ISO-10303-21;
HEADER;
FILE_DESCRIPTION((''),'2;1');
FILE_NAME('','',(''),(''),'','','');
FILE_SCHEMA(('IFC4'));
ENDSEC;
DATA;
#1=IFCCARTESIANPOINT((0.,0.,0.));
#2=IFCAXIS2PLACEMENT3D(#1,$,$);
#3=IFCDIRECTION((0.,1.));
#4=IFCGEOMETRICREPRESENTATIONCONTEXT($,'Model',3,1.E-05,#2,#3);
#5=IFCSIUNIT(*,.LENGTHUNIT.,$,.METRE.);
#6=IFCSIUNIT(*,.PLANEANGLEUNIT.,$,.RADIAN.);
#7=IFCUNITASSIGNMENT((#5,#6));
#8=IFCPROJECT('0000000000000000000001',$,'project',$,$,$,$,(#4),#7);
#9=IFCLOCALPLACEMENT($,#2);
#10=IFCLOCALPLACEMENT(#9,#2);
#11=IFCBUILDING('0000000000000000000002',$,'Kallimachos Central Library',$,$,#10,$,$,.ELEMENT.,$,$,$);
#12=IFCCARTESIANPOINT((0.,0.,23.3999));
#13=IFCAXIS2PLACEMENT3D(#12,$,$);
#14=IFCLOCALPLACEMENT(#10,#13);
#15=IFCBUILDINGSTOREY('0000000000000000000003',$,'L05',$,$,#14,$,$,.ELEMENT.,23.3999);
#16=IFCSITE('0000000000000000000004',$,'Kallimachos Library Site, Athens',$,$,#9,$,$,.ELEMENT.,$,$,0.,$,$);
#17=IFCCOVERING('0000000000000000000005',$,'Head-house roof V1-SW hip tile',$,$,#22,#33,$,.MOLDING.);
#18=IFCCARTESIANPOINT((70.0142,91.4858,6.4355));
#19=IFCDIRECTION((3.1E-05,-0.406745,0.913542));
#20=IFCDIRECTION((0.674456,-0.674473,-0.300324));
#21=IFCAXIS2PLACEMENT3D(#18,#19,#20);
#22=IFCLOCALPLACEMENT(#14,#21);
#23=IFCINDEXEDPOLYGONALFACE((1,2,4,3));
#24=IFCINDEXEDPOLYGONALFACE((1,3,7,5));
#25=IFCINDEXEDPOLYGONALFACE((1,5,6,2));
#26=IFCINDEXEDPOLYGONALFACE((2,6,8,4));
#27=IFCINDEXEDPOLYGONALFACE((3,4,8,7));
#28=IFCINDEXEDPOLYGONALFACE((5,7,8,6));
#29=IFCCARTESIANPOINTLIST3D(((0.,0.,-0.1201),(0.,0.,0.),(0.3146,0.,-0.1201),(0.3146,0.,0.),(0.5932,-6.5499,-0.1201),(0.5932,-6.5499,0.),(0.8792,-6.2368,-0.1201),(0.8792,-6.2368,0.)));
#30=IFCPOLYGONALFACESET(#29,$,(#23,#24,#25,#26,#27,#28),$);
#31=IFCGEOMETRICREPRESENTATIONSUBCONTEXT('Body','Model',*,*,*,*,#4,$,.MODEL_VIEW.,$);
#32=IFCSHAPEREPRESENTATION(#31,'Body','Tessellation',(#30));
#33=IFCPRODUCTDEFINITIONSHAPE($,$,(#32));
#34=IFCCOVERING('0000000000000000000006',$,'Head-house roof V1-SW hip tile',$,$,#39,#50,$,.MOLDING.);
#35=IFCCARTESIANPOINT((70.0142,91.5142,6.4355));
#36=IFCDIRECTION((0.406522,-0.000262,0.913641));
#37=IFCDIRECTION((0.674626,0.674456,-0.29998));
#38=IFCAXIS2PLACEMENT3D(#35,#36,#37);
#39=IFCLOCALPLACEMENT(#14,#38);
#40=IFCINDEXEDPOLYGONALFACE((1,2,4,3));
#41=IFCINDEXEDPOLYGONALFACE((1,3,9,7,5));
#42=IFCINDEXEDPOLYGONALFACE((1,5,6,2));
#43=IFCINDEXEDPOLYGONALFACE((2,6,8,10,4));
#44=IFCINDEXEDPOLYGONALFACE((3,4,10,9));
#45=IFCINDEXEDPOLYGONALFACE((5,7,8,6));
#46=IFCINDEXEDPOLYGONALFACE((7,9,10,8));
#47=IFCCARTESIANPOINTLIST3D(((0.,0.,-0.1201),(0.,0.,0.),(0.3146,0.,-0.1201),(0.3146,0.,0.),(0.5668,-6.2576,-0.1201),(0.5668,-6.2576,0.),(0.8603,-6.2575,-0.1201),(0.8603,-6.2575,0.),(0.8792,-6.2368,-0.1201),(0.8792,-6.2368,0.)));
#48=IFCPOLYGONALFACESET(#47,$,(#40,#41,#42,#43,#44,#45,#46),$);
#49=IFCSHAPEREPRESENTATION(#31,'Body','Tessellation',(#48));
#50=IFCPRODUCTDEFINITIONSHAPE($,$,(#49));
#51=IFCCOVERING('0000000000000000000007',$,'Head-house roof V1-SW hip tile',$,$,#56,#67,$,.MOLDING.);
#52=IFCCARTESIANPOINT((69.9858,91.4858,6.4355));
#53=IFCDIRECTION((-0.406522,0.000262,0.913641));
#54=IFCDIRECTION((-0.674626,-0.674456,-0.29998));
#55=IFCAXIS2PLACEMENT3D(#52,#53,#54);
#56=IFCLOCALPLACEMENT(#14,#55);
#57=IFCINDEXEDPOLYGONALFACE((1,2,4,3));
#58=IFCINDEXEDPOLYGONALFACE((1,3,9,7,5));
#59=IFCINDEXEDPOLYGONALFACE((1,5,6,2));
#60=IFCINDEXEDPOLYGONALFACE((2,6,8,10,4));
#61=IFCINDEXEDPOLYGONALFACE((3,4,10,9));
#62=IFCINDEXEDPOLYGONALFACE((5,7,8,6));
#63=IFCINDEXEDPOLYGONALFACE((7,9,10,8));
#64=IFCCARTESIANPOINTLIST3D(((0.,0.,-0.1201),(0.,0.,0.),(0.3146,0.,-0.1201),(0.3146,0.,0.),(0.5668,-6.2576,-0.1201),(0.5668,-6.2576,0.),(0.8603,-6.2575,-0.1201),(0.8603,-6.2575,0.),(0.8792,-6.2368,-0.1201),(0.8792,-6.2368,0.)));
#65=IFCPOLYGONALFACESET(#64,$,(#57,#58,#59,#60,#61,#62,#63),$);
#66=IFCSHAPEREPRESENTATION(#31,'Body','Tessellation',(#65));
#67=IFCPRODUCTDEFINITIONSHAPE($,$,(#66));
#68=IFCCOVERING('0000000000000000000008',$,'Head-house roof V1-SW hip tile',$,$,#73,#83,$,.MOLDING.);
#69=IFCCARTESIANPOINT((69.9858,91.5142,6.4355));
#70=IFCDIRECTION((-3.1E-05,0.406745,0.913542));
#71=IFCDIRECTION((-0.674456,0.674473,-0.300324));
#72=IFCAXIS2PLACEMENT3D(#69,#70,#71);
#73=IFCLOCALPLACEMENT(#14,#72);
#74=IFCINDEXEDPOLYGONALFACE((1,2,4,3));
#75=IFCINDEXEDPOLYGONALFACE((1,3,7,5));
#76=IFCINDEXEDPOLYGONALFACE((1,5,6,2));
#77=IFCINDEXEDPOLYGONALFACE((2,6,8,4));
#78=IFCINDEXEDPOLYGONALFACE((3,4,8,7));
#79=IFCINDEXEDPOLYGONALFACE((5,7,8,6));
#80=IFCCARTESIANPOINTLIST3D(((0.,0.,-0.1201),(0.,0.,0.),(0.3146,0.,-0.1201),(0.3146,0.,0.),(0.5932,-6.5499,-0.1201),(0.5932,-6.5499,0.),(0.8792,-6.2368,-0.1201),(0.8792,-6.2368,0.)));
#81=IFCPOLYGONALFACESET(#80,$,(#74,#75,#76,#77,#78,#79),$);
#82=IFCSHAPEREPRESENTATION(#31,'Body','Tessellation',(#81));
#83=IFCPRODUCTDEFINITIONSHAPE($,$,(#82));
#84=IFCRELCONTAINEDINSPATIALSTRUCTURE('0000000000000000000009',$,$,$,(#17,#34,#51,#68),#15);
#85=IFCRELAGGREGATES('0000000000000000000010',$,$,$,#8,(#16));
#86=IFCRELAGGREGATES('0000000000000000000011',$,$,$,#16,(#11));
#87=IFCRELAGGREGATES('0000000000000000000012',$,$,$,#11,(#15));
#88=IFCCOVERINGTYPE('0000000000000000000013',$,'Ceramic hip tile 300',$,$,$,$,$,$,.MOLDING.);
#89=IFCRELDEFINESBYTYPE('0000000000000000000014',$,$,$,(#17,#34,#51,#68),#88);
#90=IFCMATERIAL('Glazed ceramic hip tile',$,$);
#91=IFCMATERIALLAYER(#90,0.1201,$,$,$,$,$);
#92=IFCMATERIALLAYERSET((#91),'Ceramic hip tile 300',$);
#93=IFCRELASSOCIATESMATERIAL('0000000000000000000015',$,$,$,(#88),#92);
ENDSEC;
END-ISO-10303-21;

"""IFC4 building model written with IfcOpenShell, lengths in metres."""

from ifc_helpers import new_model, si_unit, direction, frame, origin, place, context, subcontext, project, spatial, polyline, outline, extrude, material, layer, layer_set, type_object, element, save


model = new_model("IFC4")

# Units and contexts
model_context = context("Model", 3, precision=1e-05, world=origin(), true_north=direction((0.0, 1.0)))
body_context = subcontext(model_context, "Body", "Model", "MODEL_VIEW")
ifc_project = project(units=[si_unit("LENGTHUNIT", "METRE"), si_unit("PLANEANGLEUNIT", "RADIAN")], contexts=[model_context])

# Site, building, storey
site_placement = place(None, origin())
site = spatial("IfcSite", under=ifc_project, at=site_placement, Name="Kallimachos Library Site, Athens", CompositionType="ELEMENT", RefElevation=0.0)
building_placement = place(site_placement, origin())
building = spatial("IfcBuilding", under=site, at=building_placement, Name="Kallimachos Central Library", CompositionType="ELEMENT")
storey_placement = place(building_placement, frame((0.0, 0.0, 23.3999)))
storey = spatial("IfcBuildingStorey", under=building, at=storey_placement, Name="L05", CompositionType="ELEMENT", Elevation=23.3999)

# Coverings
ifc_material_1 = material(Name="Glazed ceramic hip tile")
ifc_layer_1 = layer(ifc_material_1, 0.1201)
ifc_layer_set_1 = layer_set([ifc_layer_1], Name="Ceramic hip tile 300")
covering_type_1 = type_object("IfcCoveringType", Name="Ceramic hip tile 300", PredefinedType="MOLDING", material=ifc_layer_set_1)
covering_1_placement = place(storey_placement, frame((70.0142, 91.4858, 6.4355), z_axis=(0.000031, -0.406745, 0.913542), x_axis=(0.674456, -0.674473, -0.300324)))
element("IfcCovering", 1, at=covering_1_placement, inside=storey, type_object=covering_type_1, Name="Head-house roof V1-SW hip tile", PredefinedType="MOLDING", context=body_context, shape_type="SweptSolid", body=[
    extrude(outline(polyline([(0.0, 0.0), (0.3146, 0.0), (0.8792, -6.2368), (0.5932, -6.5499), (0.0, 0.0)])), origin(), (0.0, 0.0, -1.0), 0.1201),
])
for number, where, z_axis, x_axis, name in (
    (2, (70.0142, 91.5142, 6.4355), (0.406522, -0.000262, 0.913641), (0.674626, 0.674456, -0.29998), "Head-house roof V1-SW hip tile"),
    (3, (69.9858, 91.4858, 6.4355), (-0.406522, 0.000262, 0.913641), (-0.674626, -0.674456, -0.29998), "Head-house roof V1-SW hip tile"),
):
    element("IfcCovering", number, at=place(storey_placement, frame(where, z_axis=z_axis, x_axis=x_axis)), inside=storey, type_object=covering_type_1, Name=name, PredefinedType="MOLDING", context=body_context, shape_type="SweptSolid", body=[
        extrude(outline(polyline([(0.0, 0.0), (0.3146, 0.0), (0.8792, -6.2368), (0.8603, -6.2575), (0.5668, -6.2576), (0.0, 0.0)])), origin(), (0.0, 0.0, -1.0), 0.1201),
    ])
covering_2_placement = place(storey_placement, frame((69.9858, 91.5142, 6.4355), z_axis=(-0.000031, 0.406745, 0.913542), x_axis=(-0.674456, 0.674473, -0.300324)))
element("IfcCovering", 4, at=covering_2_placement, inside=storey, type_object=covering_type_1, Name="Head-house roof V1-SW hip tile", PredefinedType="MOLDING", context=body_context, shape_type="SweptSolid", body=[
    extrude(outline(polyline([(0.0, 0.0), (0.3146, 0.0), (0.8792, -6.2368), (0.5932, -6.5499), (0.0, 0.0)])), origin(), (0.0, 0.0, -1.0), 0.1201),
])

save(model, "model.ifc")
